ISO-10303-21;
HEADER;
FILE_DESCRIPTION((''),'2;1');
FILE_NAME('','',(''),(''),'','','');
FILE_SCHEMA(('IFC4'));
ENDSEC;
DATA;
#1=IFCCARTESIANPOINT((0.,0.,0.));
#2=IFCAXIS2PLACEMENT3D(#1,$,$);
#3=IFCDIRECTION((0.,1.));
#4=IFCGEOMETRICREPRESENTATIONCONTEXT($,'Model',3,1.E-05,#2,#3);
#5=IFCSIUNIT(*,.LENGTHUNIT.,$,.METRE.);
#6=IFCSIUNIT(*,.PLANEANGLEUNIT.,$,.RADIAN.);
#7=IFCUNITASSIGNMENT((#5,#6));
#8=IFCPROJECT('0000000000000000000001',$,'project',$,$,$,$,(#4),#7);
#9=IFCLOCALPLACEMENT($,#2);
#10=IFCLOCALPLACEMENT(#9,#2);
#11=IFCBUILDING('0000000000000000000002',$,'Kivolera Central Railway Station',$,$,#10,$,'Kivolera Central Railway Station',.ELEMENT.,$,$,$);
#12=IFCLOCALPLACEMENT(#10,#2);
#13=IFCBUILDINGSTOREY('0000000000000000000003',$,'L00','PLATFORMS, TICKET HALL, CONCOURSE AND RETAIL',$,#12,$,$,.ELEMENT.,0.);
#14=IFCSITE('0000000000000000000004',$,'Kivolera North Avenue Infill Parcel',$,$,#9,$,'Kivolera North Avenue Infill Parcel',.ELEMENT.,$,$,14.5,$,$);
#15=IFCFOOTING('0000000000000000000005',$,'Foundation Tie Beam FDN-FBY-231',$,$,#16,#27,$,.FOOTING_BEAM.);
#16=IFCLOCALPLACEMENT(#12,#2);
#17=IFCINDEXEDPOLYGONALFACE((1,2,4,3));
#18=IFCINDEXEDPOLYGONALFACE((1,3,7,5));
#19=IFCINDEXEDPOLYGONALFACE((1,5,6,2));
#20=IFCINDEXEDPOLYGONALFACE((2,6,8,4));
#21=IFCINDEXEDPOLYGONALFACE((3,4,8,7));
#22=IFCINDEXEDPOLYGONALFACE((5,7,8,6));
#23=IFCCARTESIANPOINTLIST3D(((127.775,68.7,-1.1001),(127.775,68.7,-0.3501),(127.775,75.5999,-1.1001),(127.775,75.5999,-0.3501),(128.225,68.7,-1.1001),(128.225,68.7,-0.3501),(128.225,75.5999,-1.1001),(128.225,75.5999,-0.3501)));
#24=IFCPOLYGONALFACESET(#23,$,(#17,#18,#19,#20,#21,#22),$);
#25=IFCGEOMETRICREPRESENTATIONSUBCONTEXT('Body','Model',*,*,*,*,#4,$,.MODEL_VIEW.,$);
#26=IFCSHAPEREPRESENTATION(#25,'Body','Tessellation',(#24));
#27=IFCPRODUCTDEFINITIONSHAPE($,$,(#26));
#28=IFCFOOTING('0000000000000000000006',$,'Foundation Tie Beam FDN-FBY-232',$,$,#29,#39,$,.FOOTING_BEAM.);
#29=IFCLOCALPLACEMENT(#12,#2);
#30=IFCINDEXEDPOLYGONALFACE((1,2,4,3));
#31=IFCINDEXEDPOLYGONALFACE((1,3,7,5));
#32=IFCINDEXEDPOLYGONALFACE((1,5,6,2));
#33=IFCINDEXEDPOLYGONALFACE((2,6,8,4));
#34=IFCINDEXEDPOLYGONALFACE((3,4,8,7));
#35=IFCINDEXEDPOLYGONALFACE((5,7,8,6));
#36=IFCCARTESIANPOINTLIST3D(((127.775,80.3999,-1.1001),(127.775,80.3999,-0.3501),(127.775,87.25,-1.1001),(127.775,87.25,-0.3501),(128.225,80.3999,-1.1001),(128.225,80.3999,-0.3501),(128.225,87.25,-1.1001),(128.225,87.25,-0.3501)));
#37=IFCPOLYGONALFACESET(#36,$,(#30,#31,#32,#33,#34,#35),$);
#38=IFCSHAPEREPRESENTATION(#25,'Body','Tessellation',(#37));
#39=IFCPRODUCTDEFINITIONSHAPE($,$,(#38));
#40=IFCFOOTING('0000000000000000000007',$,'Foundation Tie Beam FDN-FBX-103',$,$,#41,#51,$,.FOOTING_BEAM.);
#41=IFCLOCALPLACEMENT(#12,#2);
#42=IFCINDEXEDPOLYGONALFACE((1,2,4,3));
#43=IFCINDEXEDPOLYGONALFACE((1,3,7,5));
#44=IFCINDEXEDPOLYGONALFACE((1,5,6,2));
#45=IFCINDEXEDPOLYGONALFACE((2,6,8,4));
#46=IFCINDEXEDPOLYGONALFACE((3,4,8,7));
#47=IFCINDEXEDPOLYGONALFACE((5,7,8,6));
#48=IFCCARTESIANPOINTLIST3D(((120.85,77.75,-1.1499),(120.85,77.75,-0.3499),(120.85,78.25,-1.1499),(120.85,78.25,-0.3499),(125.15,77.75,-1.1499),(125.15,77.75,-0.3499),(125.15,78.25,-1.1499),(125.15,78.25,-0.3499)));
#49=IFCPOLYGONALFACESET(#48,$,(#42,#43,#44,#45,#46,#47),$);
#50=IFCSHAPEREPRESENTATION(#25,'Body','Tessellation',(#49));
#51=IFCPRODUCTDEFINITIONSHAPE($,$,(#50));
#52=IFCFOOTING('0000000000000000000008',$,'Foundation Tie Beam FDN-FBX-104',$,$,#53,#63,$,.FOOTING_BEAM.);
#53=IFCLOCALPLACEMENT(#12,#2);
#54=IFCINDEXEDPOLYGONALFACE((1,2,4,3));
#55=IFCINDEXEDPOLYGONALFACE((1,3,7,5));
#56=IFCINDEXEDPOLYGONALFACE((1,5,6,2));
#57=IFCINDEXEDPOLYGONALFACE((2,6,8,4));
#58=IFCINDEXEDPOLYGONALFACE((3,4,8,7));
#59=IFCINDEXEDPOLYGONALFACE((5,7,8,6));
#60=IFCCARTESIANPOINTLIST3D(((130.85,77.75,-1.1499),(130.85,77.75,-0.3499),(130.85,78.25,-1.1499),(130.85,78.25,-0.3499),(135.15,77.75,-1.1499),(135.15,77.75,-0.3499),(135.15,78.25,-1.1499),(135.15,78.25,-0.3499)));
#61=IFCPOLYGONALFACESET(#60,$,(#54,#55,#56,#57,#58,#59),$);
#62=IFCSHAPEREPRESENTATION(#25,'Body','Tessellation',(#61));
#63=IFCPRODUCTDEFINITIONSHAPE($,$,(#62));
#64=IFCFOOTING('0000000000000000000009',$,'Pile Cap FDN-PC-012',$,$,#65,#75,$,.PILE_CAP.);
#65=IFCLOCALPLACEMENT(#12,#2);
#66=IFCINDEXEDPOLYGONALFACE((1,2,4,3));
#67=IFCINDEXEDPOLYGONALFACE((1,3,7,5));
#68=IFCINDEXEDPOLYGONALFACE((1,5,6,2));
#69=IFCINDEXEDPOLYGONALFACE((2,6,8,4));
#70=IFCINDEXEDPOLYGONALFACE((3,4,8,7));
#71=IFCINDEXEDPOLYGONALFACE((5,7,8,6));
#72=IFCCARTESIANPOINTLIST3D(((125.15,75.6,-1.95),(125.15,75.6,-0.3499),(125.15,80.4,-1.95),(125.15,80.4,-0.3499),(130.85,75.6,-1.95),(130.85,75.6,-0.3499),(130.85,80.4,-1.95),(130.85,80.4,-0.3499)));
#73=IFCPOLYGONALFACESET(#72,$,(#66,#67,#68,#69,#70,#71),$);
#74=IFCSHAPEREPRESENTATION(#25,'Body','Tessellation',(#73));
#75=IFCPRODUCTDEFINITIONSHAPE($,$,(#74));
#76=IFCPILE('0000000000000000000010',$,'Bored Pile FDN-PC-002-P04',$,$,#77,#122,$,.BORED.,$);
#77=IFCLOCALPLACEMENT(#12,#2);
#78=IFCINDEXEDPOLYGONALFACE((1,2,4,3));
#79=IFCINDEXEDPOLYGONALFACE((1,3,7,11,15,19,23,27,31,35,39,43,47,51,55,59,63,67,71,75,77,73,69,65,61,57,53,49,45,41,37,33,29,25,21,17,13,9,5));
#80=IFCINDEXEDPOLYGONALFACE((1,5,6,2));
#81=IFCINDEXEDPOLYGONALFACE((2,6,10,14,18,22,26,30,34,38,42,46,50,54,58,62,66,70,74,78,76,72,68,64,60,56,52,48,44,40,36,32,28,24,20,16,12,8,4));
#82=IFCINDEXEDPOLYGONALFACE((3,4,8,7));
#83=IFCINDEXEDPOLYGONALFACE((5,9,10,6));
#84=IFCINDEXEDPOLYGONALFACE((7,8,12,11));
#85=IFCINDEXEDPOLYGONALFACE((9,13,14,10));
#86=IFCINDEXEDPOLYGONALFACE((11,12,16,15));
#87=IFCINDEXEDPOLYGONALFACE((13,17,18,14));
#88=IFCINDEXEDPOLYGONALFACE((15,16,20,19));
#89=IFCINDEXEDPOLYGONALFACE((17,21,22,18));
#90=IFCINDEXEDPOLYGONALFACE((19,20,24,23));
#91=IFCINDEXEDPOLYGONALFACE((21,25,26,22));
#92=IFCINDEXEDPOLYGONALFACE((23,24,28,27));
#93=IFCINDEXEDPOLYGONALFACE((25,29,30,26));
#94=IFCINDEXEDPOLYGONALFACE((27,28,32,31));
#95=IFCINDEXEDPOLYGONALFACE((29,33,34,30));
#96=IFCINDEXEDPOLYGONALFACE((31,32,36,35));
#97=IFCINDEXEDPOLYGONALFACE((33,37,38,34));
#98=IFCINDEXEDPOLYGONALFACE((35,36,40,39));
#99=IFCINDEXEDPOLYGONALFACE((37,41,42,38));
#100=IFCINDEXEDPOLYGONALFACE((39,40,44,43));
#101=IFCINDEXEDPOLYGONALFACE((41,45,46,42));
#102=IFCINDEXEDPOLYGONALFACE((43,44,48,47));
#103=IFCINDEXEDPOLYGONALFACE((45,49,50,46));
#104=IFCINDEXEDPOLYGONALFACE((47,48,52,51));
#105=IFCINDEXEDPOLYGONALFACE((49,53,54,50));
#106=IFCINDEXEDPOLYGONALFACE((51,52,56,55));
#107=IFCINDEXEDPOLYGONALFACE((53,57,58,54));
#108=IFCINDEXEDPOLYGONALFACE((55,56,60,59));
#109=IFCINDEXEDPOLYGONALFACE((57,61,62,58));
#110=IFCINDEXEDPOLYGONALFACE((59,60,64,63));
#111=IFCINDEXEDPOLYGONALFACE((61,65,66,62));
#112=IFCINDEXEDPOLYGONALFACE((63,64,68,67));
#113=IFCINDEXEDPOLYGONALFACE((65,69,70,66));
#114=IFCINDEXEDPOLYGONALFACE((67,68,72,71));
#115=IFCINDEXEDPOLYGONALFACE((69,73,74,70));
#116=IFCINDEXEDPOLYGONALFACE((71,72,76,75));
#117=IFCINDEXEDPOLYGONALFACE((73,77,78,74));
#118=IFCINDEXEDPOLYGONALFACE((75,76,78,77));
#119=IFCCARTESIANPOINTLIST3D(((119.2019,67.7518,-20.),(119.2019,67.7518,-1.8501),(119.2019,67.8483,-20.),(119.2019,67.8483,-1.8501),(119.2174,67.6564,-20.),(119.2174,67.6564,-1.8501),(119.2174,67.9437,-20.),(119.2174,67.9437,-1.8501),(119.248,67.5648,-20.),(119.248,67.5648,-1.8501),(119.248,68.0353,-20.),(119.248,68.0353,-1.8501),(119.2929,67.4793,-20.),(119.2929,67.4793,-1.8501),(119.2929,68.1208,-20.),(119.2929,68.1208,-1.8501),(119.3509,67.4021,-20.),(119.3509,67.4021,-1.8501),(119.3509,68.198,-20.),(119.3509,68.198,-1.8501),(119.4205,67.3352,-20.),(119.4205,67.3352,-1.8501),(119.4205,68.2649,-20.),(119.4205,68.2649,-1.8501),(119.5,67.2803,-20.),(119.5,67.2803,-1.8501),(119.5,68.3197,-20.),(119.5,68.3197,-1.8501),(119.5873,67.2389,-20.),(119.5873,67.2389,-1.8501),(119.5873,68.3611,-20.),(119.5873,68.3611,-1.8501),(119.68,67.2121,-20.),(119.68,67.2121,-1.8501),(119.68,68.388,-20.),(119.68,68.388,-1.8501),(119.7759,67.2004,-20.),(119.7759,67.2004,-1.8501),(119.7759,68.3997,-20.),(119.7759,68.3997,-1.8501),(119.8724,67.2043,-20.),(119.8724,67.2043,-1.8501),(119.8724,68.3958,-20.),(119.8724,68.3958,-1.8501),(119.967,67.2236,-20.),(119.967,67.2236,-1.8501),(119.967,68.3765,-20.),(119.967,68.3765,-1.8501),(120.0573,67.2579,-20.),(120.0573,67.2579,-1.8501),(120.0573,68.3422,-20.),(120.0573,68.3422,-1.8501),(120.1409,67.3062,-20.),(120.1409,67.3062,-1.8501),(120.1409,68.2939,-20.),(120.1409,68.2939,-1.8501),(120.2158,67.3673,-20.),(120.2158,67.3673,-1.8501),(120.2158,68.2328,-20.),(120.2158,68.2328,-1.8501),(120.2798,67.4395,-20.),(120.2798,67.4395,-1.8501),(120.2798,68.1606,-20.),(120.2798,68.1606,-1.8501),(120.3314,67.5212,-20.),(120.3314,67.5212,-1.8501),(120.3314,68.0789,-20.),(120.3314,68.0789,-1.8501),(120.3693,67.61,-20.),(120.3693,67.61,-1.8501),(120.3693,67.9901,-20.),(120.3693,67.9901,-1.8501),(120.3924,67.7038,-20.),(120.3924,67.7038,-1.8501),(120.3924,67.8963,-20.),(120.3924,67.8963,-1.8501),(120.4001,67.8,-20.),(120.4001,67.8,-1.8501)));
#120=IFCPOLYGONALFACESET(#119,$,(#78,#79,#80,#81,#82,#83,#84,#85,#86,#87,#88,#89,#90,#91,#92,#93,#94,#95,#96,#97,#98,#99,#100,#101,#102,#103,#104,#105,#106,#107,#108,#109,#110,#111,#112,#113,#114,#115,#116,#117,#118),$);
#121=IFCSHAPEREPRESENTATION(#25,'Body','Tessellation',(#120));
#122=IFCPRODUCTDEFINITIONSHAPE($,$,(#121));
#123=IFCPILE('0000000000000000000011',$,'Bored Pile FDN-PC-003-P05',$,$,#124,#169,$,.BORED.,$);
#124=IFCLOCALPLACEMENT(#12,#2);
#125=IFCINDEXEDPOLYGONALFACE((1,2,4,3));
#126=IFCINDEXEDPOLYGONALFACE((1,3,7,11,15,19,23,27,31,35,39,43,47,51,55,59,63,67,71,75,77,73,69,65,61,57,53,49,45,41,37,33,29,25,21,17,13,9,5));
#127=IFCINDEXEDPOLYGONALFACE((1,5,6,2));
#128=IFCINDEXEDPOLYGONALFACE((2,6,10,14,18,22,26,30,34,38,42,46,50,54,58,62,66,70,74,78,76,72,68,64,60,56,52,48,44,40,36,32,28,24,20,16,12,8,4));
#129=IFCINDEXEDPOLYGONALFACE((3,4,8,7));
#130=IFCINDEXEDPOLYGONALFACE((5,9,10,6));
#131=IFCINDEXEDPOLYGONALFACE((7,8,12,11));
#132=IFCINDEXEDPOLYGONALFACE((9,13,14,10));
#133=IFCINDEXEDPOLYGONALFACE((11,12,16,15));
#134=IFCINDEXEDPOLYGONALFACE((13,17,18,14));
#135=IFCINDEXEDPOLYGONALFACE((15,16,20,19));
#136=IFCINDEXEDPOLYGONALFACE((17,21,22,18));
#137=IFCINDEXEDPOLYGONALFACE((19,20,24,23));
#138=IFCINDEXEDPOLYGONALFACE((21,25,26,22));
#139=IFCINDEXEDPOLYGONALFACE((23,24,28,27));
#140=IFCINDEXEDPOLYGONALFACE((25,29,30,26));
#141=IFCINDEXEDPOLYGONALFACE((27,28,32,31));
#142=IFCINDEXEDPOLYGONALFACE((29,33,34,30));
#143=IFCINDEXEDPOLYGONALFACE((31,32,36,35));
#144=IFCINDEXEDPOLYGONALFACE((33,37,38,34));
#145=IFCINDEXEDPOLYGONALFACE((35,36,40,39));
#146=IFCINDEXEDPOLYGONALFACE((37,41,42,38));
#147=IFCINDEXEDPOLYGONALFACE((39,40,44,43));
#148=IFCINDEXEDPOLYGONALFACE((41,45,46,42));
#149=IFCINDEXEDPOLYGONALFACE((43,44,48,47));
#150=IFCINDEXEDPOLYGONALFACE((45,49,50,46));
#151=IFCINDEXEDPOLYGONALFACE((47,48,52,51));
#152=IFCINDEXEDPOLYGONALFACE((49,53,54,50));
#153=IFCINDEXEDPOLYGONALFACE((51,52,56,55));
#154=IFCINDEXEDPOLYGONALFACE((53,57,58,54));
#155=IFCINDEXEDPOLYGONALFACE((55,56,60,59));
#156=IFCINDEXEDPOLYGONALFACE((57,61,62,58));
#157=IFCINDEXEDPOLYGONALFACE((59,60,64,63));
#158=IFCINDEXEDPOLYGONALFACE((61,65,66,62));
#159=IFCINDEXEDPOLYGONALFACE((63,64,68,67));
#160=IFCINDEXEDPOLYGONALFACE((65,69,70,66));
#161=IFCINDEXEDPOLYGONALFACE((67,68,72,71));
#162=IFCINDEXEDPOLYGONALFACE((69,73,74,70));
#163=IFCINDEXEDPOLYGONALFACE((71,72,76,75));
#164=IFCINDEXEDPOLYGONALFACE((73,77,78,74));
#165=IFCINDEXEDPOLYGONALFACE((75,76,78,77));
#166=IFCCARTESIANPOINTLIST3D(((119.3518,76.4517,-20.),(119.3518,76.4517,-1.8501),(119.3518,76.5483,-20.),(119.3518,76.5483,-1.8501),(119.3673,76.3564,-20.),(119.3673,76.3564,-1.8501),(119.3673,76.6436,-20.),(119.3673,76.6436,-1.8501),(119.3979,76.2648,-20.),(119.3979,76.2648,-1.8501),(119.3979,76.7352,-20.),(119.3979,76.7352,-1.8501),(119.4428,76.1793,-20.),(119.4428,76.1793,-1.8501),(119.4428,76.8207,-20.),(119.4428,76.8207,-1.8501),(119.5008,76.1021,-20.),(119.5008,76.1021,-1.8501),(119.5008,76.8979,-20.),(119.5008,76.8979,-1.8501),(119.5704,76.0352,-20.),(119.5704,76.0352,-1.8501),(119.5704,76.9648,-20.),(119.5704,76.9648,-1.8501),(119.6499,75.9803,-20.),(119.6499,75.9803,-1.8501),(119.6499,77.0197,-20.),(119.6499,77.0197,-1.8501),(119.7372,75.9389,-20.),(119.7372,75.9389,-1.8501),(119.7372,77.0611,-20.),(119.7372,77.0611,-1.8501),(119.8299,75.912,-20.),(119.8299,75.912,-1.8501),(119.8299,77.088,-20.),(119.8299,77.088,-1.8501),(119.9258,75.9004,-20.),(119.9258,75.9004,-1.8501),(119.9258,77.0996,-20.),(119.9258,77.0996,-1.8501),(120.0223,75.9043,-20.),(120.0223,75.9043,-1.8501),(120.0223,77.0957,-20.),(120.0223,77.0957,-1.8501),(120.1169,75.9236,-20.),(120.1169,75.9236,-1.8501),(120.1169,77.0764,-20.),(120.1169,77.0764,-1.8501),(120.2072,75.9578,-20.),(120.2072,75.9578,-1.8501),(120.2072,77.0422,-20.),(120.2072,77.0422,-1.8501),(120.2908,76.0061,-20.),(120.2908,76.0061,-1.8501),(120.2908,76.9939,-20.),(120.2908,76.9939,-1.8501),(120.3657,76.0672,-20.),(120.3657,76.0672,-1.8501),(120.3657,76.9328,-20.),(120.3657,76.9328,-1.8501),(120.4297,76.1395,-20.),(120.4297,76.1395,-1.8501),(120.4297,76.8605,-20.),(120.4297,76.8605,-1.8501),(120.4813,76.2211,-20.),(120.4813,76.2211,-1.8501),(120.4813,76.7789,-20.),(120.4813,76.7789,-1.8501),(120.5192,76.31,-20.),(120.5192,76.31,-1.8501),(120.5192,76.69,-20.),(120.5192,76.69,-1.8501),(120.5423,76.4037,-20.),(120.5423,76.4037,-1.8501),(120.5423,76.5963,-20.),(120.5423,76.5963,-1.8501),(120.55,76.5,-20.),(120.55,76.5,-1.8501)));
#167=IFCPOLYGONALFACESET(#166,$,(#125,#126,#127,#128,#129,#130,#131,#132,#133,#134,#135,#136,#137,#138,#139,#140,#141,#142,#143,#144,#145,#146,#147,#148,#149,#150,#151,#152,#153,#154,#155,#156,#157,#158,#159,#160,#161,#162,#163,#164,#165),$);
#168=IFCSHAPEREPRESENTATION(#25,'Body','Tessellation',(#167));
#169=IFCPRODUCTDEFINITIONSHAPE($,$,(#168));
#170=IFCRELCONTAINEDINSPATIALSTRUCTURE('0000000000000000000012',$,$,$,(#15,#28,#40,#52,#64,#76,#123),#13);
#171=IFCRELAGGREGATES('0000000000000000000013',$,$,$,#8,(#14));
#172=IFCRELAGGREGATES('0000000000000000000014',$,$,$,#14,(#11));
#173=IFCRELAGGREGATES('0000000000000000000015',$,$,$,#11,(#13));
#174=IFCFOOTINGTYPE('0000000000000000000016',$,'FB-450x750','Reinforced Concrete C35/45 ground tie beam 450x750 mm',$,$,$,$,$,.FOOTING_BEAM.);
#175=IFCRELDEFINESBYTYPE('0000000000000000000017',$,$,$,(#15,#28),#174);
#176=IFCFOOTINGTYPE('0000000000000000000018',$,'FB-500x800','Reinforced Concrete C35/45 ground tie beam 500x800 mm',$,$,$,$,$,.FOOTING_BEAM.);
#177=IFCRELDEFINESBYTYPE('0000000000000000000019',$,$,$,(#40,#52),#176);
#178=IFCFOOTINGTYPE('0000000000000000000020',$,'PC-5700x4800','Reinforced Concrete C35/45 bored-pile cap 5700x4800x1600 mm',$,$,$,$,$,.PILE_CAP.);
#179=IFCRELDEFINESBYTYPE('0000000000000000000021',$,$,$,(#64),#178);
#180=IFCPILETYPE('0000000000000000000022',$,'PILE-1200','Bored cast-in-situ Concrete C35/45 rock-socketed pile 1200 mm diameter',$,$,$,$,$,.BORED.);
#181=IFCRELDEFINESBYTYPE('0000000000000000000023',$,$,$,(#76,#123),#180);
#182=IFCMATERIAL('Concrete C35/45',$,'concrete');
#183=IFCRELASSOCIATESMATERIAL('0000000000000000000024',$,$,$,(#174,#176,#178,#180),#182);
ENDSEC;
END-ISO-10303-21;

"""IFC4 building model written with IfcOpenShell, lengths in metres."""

from ifc_helpers import new_model, si_unit, direction, frame, origin, origin_2d, place, context, subcontext, project, spatial, rectangle, circle, extrude, material, material_profile, profile_set, type_object, element, save


model = new_model("IFC4")

# Units and contexts
model_context = context("Model", 3, precision=1e-05, world=origin(), true_north=direction((0.0, 1.0)))
body_context = subcontext(model_context, "Body", "Model", "MODEL_VIEW")
ifc_project = project(units=[si_unit("LENGTHUNIT", "METRE"), si_unit("PLANEANGLEUNIT", "RADIAN")], contexts=[model_context])

# Site, building, storey
site_placement = place(None, origin())
site = spatial("IfcSite", under=ifc_project, at=site_placement, Name="Kivolera North Avenue Infill Parcel", LongName="Kivolera North Avenue Infill Parcel", CompositionType="ELEMENT", RefElevation=14.5)
building_placement = place(site_placement, origin())
building = spatial("IfcBuilding", under=site, at=building_placement, Name="Kivolera Central Railway Station", LongName="Kivolera Central Railway Station", CompositionType="ELEMENT")
storey_placement = place(building_placement, origin())
storey = spatial("IfcBuildingStorey", under=building, at=storey_placement, Name="L00", Description="PLATFORMS, TICKET HALL, CONCOURSE AND RETAIL", CompositionType="ELEMENT", Elevation=0.0)

# Footings
ifc_material_1 = material(Name="Concrete C35/45", Category="concrete")
footing_type_1 = type_object("IfcFootingType", Name="FB-450x750", Description="Reinforced Concrete C35/45 ground tie beam 450x750 mm", PredefinedType="FOOTING_BEAM", material=ifc_material_1)
footing_1_placement = place(storey_placement, frame((128.0, 72.1499, -1.1001), z_axis=(0.0, 0.0, 1.0), x_axis=(1.0, 0.0, 0.0)))
element("IfcFooting", 1, at=footing_1_placement, inside=storey, type_object=footing_type_1, Name="Foundation Tie Beam FDN-FBY-231", PredefinedType="FOOTING_BEAM", context=body_context, shape_type="SweptSolid", body=[
    extrude(rectangle(XDim=0.45, YDim=6.8999, at=origin_2d()), origin(), (0.0, 0.0, 1.0), 0.75),
])
footing_2_placement = place(storey_placement, frame((128.0, 83.825, -1.1001), z_axis=(0.0, 0.0, 1.0), x_axis=(1.0, 0.0, 0.0)))
element("IfcFooting", 2, at=footing_2_placement, inside=storey, type_object=footing_type_1, Name="Foundation Tie Beam FDN-FBY-232", PredefinedType="FOOTING_BEAM", context=body_context, shape_type="SweptSolid", body=[
    extrude(rectangle(XDim=0.45, YDim=6.8501, at=origin_2d()), origin(), (0.0, 0.0, 1.0), 0.75),
])
footing_type_2 = type_object("IfcFootingType", Name="FB-500x800", Description="Reinforced Concrete C35/45 ground tie beam 500x800 mm", PredefinedType="FOOTING_BEAM", material=ifc_material_1)
for number, where, z_axis, x_axis, name in (
    (3, (123.0, 78.0, -1.1499), (0.0, 0.0, 1.0), (1.0, 0.0, 0.0), "Foundation Tie Beam FDN-FBX-103"),
    (4, (133.0, 78.0, -1.1499), (0.0, 0.0, 1.0), (1.0, 0.0, 0.0), "Foundation Tie Beam FDN-FBX-104"),
):
    element("IfcFooting", number, at=place(storey_placement, frame(where, z_axis=z_axis, x_axis=x_axis)), inside=storey, type_object=footing_type_2, Name=name, PredefinedType="FOOTING_BEAM", context=body_context, shape_type="SweptSolid", body=[
        extrude(rectangle(XDim=4.3, YDim=0.5, at=origin_2d()), origin(), (0.0, 0.0, 1.0), 0.8),
    ])
footing_type_3 = type_object("IfcFootingType", Name="PC-5700x4800", Description="Reinforced Concrete C35/45 bored-pile cap 5700x4800x1600 mm", PredefinedType="PILE_CAP", material=ifc_material_1)
footing_3_placement = place(storey_placement, frame((128.0, 78.0, -1.95), z_axis=(0.0, 0.0, 1.0), x_axis=(1.0, 0.0, 0.0)))
element("IfcFooting", 5, at=footing_3_placement, inside=storey, type_object=footing_type_3, Name="Pile Cap FDN-PC-012", PredefinedType="PILE_CAP", context=body_context, shape_type="SweptSolid", body=[
    extrude(rectangle(XDim=5.7, YDim=4.8, at=origin_2d()), origin(), (0.0, 0.0, 1.0), 1.6001),
])

# Piles
ifc_material_profile_1 = material_profile(ifc_material_1, circle(Radius=0.6001, at=origin_2d()), Name="PILE D1200")
ifc_profile_set_1 = profile_set([ifc_material_profile_1], Name="Concrete C35/45")
pile_type = type_object("IfcPileType", Name="PILE-1200", Description="Bored cast-in-situ Concrete C35/45 rock-socketed pile 1200 mm diameter", PredefinedType="BORED", material=ifc_profile_set_1)
for number, where, z_axis, x_axis, name in (
    (6, (119.8, 67.8, -1.8501), (0.0, 0.0, -1.0), (1.0, 0.0, 0.0), "Bored Pile FDN-PC-002-P04"),
    (7, (119.95, 76.5, -1.8501), (0.0, 0.0, -1.0), (1.0, 0.0, 0.0), "Bored Pile FDN-PC-003-P05"),
):
    element("IfcPile", number, at=place(storey_placement, frame(where, z_axis=z_axis, x_axis=x_axis)), inside=storey, type_object=pile_type, Name=name, PredefinedType="BORED", context=body_context, shape_type="SweptSolid", body=[
        extrude(circle(Radius=0.6001, at=origin_2d()), origin(), (0.0, 0.0, 1.0), 18.1499),
    ])

save(model, "model.ifc")
